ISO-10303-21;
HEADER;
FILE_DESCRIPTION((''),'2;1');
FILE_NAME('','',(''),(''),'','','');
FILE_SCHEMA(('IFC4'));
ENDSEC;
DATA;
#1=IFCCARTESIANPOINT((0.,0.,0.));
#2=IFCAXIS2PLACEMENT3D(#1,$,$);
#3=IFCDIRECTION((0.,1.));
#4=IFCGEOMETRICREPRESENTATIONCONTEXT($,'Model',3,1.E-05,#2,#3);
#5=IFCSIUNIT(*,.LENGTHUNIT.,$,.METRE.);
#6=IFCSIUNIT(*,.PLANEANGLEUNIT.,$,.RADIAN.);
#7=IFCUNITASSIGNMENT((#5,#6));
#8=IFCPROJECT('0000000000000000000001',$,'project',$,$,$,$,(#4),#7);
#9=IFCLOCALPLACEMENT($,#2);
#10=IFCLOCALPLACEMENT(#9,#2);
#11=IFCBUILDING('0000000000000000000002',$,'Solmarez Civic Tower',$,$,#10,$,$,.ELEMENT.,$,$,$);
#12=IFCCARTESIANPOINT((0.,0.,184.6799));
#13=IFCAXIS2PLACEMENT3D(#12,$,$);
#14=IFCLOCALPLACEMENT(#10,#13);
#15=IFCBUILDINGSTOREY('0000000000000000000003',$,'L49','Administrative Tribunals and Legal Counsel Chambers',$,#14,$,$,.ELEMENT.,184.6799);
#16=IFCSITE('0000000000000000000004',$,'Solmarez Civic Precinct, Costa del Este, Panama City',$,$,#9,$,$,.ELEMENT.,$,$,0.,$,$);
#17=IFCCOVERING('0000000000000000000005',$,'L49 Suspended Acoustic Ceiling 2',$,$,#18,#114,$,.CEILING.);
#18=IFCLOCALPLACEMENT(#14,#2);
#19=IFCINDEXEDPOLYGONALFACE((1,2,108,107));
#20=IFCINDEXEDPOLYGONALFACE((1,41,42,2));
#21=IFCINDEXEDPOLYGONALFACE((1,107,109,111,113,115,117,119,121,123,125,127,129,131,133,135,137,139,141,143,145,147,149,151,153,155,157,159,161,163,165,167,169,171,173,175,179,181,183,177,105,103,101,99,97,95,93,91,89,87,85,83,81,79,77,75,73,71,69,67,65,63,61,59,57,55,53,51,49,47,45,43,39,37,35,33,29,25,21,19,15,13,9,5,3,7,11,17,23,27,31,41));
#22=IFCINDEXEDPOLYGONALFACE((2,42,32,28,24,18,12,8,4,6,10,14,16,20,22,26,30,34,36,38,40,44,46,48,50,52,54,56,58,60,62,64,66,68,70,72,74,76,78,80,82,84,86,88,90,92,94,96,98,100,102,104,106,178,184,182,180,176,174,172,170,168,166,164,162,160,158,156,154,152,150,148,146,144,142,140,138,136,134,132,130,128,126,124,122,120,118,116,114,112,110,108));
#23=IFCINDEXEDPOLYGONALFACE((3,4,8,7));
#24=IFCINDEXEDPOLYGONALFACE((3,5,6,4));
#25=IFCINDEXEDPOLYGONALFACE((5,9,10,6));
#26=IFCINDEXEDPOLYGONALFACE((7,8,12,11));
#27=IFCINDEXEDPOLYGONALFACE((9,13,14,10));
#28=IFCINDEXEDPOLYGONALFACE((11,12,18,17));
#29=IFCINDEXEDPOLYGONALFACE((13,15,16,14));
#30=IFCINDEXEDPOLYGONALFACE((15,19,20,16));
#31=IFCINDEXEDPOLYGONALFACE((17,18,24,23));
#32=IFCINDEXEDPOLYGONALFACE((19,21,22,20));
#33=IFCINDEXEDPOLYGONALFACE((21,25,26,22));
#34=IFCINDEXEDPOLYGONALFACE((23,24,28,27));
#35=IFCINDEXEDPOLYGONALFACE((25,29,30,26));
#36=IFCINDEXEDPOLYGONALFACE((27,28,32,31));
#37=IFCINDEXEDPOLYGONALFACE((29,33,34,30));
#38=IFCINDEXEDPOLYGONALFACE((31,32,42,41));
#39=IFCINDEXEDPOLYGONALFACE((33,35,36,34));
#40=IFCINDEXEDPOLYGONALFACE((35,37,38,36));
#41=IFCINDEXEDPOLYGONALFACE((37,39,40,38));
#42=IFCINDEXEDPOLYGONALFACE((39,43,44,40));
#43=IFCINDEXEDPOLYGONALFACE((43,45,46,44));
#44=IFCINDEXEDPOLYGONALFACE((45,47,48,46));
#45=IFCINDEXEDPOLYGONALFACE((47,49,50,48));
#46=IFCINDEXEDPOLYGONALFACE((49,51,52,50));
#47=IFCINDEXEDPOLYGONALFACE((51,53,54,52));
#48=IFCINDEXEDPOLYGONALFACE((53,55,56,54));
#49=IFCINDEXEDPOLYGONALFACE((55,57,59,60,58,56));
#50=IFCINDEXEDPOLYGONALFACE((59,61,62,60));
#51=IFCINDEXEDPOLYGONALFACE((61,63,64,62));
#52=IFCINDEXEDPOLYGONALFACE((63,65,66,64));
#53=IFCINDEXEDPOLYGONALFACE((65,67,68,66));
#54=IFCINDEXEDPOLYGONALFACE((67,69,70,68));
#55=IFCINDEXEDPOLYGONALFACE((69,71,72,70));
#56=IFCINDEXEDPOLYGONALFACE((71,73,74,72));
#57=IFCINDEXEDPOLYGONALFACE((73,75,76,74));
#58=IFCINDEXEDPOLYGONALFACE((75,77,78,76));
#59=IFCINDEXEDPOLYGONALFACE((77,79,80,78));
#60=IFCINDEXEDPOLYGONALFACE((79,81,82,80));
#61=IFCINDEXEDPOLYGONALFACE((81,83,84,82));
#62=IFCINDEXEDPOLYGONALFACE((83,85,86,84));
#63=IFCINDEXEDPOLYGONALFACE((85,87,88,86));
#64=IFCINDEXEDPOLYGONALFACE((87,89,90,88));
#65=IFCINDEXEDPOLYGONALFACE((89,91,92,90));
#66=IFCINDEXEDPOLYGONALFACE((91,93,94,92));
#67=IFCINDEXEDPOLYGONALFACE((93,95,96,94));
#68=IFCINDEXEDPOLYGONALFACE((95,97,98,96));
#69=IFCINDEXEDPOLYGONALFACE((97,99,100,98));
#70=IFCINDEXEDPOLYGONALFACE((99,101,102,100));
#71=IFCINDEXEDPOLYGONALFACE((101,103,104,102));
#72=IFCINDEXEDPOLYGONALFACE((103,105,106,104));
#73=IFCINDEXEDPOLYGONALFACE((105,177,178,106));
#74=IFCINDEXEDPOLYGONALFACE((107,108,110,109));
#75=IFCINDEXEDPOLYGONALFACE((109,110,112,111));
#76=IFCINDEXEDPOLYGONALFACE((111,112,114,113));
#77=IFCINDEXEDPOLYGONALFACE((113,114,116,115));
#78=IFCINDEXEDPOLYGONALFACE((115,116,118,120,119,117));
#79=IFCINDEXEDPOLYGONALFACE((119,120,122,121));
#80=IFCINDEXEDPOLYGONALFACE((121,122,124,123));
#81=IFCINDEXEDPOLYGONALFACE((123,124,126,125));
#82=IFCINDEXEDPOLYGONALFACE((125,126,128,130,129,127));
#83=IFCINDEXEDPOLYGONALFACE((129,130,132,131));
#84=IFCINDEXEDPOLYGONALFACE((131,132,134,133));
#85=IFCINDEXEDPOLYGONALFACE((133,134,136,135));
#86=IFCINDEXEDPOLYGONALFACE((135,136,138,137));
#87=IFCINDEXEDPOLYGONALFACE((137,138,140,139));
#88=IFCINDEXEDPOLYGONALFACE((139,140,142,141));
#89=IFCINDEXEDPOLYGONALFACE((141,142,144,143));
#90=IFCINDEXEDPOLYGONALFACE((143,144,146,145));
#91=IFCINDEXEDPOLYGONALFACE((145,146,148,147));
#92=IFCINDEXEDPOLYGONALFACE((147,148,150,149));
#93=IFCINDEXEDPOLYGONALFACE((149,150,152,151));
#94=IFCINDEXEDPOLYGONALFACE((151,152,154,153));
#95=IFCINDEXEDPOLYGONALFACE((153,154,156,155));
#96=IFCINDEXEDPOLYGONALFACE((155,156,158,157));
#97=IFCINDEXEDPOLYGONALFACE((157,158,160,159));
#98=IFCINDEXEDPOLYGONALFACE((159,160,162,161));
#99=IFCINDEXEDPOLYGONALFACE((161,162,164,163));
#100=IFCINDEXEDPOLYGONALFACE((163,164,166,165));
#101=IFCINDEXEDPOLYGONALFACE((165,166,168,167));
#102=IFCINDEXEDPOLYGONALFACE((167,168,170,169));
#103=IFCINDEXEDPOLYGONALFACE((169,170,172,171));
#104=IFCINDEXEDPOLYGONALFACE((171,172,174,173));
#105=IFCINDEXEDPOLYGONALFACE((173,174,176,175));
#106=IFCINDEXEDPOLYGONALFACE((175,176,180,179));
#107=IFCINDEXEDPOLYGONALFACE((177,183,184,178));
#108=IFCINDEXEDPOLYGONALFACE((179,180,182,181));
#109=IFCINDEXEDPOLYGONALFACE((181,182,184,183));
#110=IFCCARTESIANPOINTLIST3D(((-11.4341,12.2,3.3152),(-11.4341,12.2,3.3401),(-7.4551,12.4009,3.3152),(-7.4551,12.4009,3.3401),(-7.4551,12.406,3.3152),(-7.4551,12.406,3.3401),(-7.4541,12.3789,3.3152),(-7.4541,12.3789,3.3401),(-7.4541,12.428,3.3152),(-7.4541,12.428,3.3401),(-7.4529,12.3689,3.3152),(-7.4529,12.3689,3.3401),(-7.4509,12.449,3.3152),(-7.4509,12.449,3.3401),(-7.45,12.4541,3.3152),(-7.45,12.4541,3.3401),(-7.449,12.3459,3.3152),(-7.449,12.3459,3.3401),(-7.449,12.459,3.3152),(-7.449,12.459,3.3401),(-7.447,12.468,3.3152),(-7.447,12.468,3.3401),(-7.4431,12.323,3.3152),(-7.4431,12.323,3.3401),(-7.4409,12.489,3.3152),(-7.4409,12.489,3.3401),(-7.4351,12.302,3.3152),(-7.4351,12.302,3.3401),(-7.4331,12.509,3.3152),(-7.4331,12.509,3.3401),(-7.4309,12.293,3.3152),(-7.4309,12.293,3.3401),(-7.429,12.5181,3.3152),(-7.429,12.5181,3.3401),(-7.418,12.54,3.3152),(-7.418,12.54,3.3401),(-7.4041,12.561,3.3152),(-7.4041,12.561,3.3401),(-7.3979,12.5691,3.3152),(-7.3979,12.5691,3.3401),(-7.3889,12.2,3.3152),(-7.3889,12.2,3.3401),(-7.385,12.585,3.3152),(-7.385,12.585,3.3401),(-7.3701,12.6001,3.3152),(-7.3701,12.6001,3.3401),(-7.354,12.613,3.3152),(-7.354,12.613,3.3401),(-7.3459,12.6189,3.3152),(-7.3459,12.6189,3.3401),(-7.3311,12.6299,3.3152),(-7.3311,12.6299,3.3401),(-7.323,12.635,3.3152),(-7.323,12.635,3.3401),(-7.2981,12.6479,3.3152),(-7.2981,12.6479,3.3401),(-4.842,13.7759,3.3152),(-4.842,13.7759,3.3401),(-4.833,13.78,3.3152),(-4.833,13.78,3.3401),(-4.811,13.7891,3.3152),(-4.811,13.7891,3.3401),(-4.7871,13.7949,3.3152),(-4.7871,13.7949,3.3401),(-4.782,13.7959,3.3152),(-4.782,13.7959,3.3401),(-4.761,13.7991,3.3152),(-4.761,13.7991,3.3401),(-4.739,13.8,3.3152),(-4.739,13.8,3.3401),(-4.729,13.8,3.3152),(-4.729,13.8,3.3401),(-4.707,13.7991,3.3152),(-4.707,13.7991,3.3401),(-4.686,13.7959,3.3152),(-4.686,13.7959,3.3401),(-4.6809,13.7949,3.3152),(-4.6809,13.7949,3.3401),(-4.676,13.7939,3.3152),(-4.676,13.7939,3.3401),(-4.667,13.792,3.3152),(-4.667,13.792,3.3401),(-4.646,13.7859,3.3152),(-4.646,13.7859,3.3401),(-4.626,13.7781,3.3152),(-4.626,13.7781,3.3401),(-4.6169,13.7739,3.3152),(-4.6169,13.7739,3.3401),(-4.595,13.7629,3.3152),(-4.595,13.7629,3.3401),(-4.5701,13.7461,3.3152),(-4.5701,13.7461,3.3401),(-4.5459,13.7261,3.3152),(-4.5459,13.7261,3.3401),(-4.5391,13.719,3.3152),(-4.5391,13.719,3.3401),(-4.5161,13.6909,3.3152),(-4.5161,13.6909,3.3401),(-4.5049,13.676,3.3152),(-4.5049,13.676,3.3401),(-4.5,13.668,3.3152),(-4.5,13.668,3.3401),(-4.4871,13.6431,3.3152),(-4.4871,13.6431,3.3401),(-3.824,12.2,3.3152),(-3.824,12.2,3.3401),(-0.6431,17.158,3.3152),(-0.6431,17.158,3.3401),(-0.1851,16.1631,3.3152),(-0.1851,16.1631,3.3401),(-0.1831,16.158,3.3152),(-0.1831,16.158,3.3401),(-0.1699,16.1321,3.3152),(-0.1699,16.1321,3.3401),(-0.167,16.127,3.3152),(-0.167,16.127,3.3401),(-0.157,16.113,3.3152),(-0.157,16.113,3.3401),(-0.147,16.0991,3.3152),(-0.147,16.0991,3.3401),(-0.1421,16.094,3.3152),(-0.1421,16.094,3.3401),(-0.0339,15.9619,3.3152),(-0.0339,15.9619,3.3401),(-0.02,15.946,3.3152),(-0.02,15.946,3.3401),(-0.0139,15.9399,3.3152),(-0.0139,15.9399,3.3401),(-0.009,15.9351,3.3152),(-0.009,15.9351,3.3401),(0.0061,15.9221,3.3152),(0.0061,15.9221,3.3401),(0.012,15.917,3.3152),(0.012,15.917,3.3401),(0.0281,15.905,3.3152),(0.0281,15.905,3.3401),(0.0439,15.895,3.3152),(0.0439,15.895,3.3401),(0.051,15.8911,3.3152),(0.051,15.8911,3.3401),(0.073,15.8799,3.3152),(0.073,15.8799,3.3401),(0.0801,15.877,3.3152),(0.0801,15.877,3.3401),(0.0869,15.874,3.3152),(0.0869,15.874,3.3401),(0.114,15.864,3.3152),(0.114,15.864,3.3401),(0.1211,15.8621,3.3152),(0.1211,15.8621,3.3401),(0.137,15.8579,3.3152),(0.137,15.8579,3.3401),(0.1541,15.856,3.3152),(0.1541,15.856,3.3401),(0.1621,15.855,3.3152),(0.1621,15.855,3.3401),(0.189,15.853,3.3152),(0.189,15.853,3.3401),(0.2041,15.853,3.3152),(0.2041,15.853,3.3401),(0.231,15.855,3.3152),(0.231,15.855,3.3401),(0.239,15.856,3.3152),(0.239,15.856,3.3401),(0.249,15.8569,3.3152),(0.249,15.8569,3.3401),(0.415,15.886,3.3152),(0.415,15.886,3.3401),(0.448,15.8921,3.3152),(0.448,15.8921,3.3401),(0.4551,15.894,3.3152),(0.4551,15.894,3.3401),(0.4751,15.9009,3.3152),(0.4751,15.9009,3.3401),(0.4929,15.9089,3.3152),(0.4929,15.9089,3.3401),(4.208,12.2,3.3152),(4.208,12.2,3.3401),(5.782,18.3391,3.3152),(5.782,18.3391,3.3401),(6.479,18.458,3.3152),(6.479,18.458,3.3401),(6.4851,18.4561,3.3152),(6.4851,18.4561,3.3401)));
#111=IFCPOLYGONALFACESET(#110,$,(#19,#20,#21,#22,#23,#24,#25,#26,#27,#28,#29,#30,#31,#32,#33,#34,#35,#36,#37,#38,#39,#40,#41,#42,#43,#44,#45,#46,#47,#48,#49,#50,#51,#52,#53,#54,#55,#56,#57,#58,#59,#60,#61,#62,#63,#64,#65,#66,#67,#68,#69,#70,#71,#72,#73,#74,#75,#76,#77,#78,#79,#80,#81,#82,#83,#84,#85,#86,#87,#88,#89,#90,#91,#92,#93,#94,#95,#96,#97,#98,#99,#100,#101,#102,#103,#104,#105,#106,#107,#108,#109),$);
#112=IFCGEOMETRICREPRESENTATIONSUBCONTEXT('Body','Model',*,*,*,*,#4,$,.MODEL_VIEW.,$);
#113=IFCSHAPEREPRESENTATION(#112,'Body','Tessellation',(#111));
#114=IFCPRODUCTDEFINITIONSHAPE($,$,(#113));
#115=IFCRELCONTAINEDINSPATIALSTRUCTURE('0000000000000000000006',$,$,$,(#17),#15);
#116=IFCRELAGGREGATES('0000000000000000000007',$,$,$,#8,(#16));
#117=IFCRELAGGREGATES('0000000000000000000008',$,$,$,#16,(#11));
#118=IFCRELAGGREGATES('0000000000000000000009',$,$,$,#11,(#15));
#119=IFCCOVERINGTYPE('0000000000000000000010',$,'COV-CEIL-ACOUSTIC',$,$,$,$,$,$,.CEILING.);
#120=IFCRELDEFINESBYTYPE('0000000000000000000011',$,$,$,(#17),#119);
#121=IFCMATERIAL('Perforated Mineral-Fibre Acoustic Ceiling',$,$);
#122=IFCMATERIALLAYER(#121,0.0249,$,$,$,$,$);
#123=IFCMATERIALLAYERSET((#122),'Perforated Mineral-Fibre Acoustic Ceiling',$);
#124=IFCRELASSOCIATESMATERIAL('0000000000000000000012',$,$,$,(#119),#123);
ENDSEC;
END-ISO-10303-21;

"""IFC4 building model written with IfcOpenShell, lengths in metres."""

from ifc_helpers import new_model, si_unit, direction, frame, origin, place, context, subcontext, project, spatial, polyline, outline, extrude, material, layer, layer_set, type_object, element, save


model = new_model("IFC4")

# Units and contexts
model_context = context("Model", 3, precision=1e-05, world=origin(), true_north=direction((0.0, 1.0)))
body_context = subcontext(model_context, "Body", "Model", "MODEL_VIEW")
ifc_project = project(units=[si_unit("LENGTHUNIT", "METRE"), si_unit("PLANEANGLEUNIT", "RADIAN")], contexts=[model_context])

# Site, building, storey
site_placement = place(None, origin())
site = spatial("IfcSite", under=ifc_project, at=site_placement, Name="Solmarez Civic Precinct, Costa del Este, Panama City", CompositionType="ELEMENT", RefElevation=0.0)
building_placement = place(site_placement, origin())
building = spatial("IfcBuilding", under=site, at=building_placement, Name="Solmarez Civic Tower", CompositionType="ELEMENT")
storey_placement = place(building_placement, frame((0.0, 0.0, 184.6799)))
storey = spatial("IfcBuildingStorey", under=building, at=storey_placement, Name="L49", Description="Administrative Tribunals and Legal Counsel Chambers", CompositionType="ELEMENT", Elevation=184.6799)

# Covering
ifc_material_1 = material(Name="Perforated Mineral-Fibre Acoustic Ceiling")
ifc_layer_1 = layer(ifc_material_1, 0.0249)
ifc_layer_set_1 = layer_set([ifc_layer_1], Name="Perforated Mineral-Fibre Acoustic Ceiling")
covering_type_1 = type_object("IfcCoveringType", Name="COV-CEIL-ACOUSTIC", PredefinedType="CEILING", material=ifc_layer_set_1)
covering_1_placement = place(storey_placement, frame((0.0, 0.0, 3.3152)))
element("IfcCovering", 1, at=covering_1_placement, inside=storey, type_object=covering_type_1, Name="L49 Suspended Acoustic Ceiling 2", PredefinedType="CEILING", context=body_context, shape_type="SweptSolid", body=[
    extrude(outline(polyline([(-11.4341, 12.2), (-7.3889, 12.2), (-7.4309, 12.293), (-7.4351, 12.302), (-7.4431, 12.323), (-7.449, 12.3459), (-7.4529, 12.3689), (-7.4541, 12.3789), (-7.4551, 12.4009), (-7.4551, 12.406), (-7.4541, 12.428), (-7.4509, 12.449), (-7.45, 12.4541), (-7.449, 12.459), (-7.447, 12.468), (-7.4409, 12.489), (-7.4331, 12.509), (-7.429, 12.5181), (-7.418, 12.54), (-7.4041, 12.561), (-7.3979, 12.5691), (-7.385, 12.585), (-7.3701, 12.6001), (-7.354, 12.613), (-7.3459, 12.6189), (-7.3311, 12.6299), (-7.323, 12.635), (-7.2981, 12.6479), (-4.842, 13.7759), (-4.833, 13.78), (-4.811, 13.7891), (-4.7871, 13.7949), (-4.782, 13.7959), (-4.761, 13.7991), (-4.739, 13.8), (-4.729, 13.8), (-4.707, 13.7991), (-4.686, 13.7959), (-4.6809, 13.7949), (-4.676, 13.7939), (-4.667, 13.792), (-4.646, 13.7859), (-4.626, 13.7781), (-4.6169, 13.7739), (-4.595, 13.7629), (-4.5701, 13.7461), (-4.5459, 13.7261), (-4.5391, 13.719), (-4.5161, 13.6909), (-4.5049, 13.676), (-4.5, 13.668), (-4.4871, 13.6431), (-3.824, 12.2), (4.208, 12.2), (6.4851, 18.4561), (6.479, 18.458), (5.782, 18.3391), (0.4929, 15.9089), (0.4751, 15.9009), (0.4551, 15.894), (0.448, 15.8921), (0.415, 15.886), (0.249, 15.8569), (0.239, 15.856), (0.231, 15.855), (0.2041, 15.853), (0.189, 15.853), (0.1621, 15.855), (0.1541, 15.856), (0.137, 15.8579), (0.1211, 15.8621), (0.114, 15.864), (0.0869, 15.874), (0.0801, 15.877), (0.073, 15.8799), (0.051, 15.8911), (0.0439, 15.895), (0.0281, 15.905), (0.012, 15.917), (0.0061, 15.9221), (-0.009, 15.9351), (-0.0139, 15.9399), (-0.02, 15.946), (-0.0339, 15.9619), (-0.1421, 16.094), (-0.147, 16.0991), (-0.157, 16.113), (-0.167, 16.127), (-0.1699, 16.1321), (-0.1831, 16.158), (-0.1851, 16.1631), (-0.6431, 17.158), (-11.4341, 12.2)])), origin(), (0.0, 0.0, 1.0), 0.0249),
])

save(model, "model.ifc")
